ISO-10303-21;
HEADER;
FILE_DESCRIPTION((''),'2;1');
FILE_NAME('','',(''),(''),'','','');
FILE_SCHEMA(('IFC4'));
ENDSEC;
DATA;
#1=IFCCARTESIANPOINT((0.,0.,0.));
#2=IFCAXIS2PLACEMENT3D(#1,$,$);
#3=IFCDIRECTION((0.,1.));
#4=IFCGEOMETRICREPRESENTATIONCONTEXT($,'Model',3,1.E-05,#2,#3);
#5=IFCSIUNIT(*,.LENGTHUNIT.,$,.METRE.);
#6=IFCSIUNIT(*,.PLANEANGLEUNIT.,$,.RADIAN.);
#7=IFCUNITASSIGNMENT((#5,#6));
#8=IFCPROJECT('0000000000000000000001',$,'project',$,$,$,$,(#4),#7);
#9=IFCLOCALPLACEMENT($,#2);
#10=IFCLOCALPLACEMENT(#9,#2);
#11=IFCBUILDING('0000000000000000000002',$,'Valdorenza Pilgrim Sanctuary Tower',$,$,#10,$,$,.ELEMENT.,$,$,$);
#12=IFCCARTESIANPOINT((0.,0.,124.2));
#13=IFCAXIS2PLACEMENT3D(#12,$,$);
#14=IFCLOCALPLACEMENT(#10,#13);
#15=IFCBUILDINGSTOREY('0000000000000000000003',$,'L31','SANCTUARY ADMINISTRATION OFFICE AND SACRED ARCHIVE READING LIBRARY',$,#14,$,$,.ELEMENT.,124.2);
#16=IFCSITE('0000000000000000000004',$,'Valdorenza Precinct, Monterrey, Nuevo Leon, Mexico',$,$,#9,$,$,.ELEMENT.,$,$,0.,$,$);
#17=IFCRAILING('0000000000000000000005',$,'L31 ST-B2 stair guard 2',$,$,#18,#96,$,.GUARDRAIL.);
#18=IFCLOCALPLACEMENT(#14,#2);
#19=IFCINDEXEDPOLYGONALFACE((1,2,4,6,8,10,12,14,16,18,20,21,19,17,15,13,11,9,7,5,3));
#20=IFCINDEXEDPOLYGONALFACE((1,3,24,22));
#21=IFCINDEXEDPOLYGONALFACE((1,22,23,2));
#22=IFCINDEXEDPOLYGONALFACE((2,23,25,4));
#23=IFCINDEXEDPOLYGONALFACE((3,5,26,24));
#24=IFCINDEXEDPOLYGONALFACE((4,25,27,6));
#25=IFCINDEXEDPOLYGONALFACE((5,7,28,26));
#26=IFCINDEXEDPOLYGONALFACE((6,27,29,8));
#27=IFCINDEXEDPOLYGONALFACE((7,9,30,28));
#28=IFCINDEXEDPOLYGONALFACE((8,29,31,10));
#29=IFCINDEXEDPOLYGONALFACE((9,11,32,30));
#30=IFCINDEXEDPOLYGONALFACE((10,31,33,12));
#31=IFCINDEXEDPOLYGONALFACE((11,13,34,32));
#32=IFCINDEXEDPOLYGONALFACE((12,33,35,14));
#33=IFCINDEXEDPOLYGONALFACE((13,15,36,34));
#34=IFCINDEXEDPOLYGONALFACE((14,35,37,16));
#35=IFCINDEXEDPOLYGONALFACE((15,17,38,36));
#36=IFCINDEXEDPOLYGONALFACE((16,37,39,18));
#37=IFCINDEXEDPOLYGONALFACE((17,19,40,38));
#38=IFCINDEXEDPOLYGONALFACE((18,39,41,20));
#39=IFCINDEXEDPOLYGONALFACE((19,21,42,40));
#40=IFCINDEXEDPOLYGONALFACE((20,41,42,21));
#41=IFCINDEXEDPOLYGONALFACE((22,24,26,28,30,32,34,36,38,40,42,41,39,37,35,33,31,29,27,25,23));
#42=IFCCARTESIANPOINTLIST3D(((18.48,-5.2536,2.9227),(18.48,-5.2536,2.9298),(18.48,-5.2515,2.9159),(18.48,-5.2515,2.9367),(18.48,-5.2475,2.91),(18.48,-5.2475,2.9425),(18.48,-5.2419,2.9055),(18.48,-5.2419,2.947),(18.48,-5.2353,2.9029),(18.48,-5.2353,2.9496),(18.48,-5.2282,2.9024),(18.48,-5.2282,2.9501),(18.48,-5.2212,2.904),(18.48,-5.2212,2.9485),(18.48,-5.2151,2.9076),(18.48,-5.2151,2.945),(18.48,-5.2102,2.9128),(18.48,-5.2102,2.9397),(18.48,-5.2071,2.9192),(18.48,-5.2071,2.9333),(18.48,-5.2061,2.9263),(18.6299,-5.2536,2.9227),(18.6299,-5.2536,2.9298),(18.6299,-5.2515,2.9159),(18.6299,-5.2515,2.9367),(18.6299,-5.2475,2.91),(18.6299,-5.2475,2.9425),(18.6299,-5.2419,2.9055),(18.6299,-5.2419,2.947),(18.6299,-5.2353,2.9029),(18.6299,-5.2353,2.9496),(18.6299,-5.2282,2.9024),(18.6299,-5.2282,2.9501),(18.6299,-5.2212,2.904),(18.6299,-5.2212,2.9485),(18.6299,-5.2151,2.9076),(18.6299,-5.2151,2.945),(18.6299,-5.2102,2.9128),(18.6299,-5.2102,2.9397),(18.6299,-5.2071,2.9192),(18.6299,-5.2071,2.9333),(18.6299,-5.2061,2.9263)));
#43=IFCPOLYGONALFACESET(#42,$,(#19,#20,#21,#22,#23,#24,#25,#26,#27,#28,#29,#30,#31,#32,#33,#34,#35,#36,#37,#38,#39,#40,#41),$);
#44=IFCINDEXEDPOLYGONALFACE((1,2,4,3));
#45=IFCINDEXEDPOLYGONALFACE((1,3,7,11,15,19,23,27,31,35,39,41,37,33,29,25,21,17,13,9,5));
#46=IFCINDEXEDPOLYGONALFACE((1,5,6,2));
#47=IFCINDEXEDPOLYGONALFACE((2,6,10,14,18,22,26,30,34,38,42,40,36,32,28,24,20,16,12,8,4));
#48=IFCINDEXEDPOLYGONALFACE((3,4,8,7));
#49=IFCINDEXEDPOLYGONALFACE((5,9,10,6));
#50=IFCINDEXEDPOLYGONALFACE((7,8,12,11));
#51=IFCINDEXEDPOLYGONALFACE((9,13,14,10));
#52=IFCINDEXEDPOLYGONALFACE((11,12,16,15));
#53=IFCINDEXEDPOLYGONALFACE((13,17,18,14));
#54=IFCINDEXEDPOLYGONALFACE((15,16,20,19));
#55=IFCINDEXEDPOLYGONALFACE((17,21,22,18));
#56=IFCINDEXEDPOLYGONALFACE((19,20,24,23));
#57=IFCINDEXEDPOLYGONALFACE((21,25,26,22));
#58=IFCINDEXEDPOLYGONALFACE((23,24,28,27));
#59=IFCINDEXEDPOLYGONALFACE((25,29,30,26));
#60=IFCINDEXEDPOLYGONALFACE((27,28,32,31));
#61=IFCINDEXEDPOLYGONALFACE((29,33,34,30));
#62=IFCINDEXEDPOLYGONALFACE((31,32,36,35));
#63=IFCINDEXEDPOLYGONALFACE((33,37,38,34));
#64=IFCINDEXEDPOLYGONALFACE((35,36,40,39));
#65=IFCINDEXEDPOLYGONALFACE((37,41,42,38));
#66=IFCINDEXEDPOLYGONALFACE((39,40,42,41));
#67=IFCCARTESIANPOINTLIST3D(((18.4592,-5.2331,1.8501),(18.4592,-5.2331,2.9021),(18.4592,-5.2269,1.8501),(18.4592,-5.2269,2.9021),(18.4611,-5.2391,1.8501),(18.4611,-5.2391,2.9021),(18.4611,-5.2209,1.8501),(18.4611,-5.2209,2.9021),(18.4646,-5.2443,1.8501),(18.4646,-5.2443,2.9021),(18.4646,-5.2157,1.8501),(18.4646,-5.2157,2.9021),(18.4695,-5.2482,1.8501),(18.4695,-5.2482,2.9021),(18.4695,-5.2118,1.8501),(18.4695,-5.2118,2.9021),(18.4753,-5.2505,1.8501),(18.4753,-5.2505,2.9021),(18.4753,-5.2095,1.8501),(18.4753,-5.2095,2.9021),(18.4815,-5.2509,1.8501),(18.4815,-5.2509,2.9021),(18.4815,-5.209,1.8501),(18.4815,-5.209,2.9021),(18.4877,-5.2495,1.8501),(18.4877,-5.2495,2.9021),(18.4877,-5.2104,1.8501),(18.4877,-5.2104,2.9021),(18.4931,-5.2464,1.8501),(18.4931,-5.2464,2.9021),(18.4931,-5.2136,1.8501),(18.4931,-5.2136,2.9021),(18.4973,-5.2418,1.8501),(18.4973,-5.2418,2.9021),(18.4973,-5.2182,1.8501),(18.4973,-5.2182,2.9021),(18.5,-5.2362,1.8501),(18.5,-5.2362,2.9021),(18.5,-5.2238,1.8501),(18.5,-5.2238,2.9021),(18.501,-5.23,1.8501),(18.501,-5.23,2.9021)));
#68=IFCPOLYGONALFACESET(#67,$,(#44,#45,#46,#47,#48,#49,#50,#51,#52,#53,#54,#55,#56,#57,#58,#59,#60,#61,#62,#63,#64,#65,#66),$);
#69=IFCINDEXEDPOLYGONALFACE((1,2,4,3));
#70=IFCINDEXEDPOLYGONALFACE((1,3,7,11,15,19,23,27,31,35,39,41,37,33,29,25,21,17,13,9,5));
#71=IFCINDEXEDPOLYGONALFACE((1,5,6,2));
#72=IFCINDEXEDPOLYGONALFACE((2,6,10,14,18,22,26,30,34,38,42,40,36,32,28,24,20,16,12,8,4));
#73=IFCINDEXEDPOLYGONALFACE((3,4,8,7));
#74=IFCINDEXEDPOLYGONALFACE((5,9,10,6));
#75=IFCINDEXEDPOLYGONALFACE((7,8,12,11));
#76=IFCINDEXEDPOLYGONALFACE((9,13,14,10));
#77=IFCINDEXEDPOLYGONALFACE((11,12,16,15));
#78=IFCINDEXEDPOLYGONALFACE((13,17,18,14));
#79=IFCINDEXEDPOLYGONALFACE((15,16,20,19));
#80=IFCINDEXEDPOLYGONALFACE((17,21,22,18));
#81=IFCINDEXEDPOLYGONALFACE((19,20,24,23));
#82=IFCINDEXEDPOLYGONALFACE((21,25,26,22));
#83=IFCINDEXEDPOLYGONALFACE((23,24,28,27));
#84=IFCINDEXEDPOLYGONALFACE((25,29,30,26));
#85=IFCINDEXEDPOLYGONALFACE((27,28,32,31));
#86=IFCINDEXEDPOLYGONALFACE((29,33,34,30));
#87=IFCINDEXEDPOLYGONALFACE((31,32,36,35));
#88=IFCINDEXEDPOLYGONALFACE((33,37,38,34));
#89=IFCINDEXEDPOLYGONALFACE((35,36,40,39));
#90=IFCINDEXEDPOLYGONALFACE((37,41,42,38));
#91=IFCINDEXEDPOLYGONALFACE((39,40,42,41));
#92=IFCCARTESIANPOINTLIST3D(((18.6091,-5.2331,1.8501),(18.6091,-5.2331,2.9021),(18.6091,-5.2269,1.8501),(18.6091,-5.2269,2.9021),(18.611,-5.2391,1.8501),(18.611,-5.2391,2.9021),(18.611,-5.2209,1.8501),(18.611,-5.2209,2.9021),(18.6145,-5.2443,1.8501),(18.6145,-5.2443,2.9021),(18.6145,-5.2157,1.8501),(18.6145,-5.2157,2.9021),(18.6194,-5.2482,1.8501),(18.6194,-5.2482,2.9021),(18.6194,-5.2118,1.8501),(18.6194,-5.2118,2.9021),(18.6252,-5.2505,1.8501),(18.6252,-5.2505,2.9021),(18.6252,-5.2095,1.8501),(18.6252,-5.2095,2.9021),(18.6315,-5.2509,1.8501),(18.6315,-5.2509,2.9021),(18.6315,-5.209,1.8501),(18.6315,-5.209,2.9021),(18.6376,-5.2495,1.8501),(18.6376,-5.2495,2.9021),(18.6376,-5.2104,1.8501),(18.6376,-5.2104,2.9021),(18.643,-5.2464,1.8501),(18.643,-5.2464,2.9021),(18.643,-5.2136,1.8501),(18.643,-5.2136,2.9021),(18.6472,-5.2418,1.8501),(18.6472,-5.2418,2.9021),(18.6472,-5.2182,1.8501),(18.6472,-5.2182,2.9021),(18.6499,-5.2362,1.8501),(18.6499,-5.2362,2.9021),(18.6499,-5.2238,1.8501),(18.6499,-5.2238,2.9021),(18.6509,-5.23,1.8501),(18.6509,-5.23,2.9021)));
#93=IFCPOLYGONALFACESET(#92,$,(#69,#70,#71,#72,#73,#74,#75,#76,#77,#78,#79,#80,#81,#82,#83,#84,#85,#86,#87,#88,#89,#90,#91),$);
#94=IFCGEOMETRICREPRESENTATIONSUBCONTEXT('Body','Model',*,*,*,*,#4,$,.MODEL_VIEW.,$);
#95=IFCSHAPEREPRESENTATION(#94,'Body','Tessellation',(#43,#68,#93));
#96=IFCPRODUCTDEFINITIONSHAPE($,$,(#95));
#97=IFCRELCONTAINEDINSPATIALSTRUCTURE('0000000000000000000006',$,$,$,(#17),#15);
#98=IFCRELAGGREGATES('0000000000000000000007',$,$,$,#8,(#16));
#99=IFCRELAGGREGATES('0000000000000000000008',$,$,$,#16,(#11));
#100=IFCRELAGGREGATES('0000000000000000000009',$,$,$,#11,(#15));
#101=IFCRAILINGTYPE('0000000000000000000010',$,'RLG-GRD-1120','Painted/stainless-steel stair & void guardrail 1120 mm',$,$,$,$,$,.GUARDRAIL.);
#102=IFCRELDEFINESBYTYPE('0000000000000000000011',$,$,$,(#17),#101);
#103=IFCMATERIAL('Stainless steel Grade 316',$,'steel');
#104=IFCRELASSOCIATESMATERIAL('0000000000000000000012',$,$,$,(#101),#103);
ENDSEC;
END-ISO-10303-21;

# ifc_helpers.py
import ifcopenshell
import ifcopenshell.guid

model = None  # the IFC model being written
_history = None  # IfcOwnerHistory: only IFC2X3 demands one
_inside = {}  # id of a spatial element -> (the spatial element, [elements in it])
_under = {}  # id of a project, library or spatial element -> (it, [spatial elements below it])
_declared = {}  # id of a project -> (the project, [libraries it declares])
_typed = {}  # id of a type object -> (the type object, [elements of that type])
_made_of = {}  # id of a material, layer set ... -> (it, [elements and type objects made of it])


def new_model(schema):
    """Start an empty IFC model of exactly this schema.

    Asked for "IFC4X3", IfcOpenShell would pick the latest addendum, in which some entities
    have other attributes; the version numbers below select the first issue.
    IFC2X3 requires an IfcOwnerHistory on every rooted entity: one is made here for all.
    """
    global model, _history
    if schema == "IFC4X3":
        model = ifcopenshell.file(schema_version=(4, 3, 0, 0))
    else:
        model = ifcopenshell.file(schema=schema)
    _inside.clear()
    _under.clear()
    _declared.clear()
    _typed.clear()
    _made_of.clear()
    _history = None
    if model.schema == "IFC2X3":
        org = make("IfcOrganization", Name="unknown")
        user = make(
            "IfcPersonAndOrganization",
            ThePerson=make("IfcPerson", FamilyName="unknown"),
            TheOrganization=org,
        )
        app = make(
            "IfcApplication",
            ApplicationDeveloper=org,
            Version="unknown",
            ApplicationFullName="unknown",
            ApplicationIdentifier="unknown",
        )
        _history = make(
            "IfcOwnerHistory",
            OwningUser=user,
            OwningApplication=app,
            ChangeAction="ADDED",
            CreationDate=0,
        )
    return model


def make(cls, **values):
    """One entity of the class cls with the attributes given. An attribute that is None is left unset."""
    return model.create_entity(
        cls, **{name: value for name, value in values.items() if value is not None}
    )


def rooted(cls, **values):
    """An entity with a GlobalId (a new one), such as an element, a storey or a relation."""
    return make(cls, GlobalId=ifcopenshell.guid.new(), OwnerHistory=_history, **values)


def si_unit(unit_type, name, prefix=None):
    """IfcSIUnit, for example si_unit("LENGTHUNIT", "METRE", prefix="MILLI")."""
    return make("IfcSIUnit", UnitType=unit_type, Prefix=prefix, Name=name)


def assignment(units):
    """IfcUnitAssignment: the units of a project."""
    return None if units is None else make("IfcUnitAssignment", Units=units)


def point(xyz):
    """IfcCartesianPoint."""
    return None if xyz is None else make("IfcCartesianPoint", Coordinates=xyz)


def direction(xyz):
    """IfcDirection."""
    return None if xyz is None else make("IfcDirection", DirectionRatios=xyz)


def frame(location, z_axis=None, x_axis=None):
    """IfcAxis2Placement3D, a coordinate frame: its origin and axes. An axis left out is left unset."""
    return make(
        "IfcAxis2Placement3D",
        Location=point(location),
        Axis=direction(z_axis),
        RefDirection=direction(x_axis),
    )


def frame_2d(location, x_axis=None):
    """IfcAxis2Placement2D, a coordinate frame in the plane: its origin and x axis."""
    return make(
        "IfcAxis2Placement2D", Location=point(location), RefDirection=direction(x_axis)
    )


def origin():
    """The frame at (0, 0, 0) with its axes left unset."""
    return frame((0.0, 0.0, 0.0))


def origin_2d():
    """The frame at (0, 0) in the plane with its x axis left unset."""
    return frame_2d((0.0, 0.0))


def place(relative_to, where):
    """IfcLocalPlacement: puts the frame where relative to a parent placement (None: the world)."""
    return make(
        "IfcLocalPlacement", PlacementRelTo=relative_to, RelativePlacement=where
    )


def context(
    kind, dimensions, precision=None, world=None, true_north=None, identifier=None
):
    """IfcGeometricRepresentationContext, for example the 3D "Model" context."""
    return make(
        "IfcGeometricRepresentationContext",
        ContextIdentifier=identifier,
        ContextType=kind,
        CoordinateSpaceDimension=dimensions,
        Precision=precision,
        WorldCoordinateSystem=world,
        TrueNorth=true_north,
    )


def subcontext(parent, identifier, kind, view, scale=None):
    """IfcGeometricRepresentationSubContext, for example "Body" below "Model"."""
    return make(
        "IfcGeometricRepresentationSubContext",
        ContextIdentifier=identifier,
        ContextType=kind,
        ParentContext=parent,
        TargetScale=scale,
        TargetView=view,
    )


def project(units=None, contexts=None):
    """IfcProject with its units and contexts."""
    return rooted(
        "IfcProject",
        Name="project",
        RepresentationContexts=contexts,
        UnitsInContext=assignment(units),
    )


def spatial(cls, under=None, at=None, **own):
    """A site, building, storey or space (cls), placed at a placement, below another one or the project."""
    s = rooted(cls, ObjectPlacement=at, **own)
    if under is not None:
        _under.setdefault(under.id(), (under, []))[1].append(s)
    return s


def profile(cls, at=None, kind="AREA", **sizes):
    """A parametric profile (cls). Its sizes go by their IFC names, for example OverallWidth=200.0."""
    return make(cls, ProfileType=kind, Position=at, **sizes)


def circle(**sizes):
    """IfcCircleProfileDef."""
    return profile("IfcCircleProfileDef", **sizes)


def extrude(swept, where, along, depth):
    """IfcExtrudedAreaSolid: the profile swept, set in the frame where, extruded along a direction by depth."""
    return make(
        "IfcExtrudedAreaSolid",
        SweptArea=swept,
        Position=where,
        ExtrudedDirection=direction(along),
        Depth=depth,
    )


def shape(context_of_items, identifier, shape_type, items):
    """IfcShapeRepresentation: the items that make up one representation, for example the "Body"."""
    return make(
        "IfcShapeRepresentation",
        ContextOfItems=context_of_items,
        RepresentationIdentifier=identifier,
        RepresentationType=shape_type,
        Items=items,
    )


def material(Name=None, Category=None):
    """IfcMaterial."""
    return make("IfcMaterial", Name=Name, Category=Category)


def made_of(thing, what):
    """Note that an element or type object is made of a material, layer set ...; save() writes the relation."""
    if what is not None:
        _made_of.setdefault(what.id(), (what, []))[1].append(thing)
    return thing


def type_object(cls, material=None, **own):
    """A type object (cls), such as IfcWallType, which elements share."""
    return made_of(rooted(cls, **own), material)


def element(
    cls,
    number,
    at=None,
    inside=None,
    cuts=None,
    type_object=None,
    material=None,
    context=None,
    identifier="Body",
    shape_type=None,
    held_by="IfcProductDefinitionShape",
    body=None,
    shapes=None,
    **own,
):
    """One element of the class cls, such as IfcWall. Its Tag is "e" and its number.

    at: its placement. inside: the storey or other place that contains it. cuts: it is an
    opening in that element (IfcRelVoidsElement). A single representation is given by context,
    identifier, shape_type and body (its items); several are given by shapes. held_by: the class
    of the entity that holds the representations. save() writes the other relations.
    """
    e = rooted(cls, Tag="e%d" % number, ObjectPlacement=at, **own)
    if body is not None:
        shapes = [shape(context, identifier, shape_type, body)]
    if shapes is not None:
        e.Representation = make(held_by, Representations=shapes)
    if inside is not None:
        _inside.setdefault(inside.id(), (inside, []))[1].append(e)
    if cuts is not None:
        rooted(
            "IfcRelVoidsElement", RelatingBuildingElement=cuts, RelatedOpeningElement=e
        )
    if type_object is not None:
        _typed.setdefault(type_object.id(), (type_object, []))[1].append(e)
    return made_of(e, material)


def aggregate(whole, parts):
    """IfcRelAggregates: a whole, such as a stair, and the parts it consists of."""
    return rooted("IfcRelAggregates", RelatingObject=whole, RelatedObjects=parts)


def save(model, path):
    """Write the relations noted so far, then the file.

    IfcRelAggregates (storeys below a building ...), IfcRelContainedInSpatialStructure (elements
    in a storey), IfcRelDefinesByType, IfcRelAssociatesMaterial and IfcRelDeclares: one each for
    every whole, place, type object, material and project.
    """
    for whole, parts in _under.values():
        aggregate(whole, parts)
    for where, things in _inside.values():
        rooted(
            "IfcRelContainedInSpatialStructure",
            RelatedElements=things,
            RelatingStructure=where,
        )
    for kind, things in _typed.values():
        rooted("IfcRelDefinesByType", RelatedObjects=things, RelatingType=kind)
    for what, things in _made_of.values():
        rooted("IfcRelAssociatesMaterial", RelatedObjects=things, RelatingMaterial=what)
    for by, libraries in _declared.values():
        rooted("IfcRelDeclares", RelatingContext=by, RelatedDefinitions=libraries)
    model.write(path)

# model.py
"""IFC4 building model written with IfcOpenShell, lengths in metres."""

from ifc_helpers import new_model, si_unit, direction, frame, origin, origin_2d, place, context, subcontext, project, spatial, circle, extrude, material, type_object, element, save


model = new_model("IFC4")

# Units and contexts
model_context = context("Model", 3, precision=1e-05, world=origin(), true_north=direction((0.0, 1.0)))
body_context = subcontext(model_context, "Body", "Model", "MODEL_VIEW")
ifc_project = project(units=[si_unit("LENGTHUNIT", "METRE"), si_unit("PLANEANGLEUNIT", "RADIAN")], contexts=[model_context])

# Site, building, storey
site_placement = place(None, origin())
site = spatial("IfcSite", under=ifc_project, at=site_placement, Name="Valdorenza Precinct, Monterrey, Nuevo Leon, Mexico", CompositionType="ELEMENT", RefElevation=0.0)
building_placement = place(site_placement, origin())
building = spatial("IfcBuilding", under=site, at=building_placement, Name="Valdorenza Pilgrim Sanctuary Tower", CompositionType="ELEMENT")
storey_placement = place(building_placement, frame((0.0, 0.0, 124.2)))
storey = spatial("IfcBuildingStorey", under=building, at=storey_placement, Name="L31", Description="SANCTUARY ADMINISTRATION OFFICE AND SACRED ARCHIVE READING LIBRARY", CompositionType="ELEMENT", Elevation=124.2)

# Railing
ifc_material_1 = material(Name="Stainless steel Grade 316", Category="steel")
railing_type_1 = type_object("IfcRailingType", Name="RLG-GRD-1120", Description="Painted/stainless-steel stair & void guardrail 1120 mm", PredefinedType="GUARDRAIL", material=ifc_material_1)
railing_1_placement = place(storey_placement, frame((18.48, -5.23, 1.8501)))
element("IfcRailing", 1, at=railing_1_placement, inside=storey, type_object=railing_type_1, Name="L31 ST-B2 stair guard 2", PredefinedType="GUARDRAIL", context=body_context, shape_type="SweptSolid", body=[
    extrude(circle(Radius=0.0239, at=origin_2d()), frame((0.0, 0.0, 1.0762), z_axis=(1.0, 0.0, 0.0), x_axis=(0.0, 1.0, 0.0)), (0.0, 0.0, 1.0), 0.1499),
    extrude(circle(Radius=0.021, at=origin_2d()), origin(), (0.0, 0.0, 1.0), 1.052),
    extrude(circle(Radius=0.021, at=origin_2d()), frame((0.1499, 0.0, 0.0)), (0.0, 0.0, 1.0), 1.052),
])

save(model, "model.ifc")
